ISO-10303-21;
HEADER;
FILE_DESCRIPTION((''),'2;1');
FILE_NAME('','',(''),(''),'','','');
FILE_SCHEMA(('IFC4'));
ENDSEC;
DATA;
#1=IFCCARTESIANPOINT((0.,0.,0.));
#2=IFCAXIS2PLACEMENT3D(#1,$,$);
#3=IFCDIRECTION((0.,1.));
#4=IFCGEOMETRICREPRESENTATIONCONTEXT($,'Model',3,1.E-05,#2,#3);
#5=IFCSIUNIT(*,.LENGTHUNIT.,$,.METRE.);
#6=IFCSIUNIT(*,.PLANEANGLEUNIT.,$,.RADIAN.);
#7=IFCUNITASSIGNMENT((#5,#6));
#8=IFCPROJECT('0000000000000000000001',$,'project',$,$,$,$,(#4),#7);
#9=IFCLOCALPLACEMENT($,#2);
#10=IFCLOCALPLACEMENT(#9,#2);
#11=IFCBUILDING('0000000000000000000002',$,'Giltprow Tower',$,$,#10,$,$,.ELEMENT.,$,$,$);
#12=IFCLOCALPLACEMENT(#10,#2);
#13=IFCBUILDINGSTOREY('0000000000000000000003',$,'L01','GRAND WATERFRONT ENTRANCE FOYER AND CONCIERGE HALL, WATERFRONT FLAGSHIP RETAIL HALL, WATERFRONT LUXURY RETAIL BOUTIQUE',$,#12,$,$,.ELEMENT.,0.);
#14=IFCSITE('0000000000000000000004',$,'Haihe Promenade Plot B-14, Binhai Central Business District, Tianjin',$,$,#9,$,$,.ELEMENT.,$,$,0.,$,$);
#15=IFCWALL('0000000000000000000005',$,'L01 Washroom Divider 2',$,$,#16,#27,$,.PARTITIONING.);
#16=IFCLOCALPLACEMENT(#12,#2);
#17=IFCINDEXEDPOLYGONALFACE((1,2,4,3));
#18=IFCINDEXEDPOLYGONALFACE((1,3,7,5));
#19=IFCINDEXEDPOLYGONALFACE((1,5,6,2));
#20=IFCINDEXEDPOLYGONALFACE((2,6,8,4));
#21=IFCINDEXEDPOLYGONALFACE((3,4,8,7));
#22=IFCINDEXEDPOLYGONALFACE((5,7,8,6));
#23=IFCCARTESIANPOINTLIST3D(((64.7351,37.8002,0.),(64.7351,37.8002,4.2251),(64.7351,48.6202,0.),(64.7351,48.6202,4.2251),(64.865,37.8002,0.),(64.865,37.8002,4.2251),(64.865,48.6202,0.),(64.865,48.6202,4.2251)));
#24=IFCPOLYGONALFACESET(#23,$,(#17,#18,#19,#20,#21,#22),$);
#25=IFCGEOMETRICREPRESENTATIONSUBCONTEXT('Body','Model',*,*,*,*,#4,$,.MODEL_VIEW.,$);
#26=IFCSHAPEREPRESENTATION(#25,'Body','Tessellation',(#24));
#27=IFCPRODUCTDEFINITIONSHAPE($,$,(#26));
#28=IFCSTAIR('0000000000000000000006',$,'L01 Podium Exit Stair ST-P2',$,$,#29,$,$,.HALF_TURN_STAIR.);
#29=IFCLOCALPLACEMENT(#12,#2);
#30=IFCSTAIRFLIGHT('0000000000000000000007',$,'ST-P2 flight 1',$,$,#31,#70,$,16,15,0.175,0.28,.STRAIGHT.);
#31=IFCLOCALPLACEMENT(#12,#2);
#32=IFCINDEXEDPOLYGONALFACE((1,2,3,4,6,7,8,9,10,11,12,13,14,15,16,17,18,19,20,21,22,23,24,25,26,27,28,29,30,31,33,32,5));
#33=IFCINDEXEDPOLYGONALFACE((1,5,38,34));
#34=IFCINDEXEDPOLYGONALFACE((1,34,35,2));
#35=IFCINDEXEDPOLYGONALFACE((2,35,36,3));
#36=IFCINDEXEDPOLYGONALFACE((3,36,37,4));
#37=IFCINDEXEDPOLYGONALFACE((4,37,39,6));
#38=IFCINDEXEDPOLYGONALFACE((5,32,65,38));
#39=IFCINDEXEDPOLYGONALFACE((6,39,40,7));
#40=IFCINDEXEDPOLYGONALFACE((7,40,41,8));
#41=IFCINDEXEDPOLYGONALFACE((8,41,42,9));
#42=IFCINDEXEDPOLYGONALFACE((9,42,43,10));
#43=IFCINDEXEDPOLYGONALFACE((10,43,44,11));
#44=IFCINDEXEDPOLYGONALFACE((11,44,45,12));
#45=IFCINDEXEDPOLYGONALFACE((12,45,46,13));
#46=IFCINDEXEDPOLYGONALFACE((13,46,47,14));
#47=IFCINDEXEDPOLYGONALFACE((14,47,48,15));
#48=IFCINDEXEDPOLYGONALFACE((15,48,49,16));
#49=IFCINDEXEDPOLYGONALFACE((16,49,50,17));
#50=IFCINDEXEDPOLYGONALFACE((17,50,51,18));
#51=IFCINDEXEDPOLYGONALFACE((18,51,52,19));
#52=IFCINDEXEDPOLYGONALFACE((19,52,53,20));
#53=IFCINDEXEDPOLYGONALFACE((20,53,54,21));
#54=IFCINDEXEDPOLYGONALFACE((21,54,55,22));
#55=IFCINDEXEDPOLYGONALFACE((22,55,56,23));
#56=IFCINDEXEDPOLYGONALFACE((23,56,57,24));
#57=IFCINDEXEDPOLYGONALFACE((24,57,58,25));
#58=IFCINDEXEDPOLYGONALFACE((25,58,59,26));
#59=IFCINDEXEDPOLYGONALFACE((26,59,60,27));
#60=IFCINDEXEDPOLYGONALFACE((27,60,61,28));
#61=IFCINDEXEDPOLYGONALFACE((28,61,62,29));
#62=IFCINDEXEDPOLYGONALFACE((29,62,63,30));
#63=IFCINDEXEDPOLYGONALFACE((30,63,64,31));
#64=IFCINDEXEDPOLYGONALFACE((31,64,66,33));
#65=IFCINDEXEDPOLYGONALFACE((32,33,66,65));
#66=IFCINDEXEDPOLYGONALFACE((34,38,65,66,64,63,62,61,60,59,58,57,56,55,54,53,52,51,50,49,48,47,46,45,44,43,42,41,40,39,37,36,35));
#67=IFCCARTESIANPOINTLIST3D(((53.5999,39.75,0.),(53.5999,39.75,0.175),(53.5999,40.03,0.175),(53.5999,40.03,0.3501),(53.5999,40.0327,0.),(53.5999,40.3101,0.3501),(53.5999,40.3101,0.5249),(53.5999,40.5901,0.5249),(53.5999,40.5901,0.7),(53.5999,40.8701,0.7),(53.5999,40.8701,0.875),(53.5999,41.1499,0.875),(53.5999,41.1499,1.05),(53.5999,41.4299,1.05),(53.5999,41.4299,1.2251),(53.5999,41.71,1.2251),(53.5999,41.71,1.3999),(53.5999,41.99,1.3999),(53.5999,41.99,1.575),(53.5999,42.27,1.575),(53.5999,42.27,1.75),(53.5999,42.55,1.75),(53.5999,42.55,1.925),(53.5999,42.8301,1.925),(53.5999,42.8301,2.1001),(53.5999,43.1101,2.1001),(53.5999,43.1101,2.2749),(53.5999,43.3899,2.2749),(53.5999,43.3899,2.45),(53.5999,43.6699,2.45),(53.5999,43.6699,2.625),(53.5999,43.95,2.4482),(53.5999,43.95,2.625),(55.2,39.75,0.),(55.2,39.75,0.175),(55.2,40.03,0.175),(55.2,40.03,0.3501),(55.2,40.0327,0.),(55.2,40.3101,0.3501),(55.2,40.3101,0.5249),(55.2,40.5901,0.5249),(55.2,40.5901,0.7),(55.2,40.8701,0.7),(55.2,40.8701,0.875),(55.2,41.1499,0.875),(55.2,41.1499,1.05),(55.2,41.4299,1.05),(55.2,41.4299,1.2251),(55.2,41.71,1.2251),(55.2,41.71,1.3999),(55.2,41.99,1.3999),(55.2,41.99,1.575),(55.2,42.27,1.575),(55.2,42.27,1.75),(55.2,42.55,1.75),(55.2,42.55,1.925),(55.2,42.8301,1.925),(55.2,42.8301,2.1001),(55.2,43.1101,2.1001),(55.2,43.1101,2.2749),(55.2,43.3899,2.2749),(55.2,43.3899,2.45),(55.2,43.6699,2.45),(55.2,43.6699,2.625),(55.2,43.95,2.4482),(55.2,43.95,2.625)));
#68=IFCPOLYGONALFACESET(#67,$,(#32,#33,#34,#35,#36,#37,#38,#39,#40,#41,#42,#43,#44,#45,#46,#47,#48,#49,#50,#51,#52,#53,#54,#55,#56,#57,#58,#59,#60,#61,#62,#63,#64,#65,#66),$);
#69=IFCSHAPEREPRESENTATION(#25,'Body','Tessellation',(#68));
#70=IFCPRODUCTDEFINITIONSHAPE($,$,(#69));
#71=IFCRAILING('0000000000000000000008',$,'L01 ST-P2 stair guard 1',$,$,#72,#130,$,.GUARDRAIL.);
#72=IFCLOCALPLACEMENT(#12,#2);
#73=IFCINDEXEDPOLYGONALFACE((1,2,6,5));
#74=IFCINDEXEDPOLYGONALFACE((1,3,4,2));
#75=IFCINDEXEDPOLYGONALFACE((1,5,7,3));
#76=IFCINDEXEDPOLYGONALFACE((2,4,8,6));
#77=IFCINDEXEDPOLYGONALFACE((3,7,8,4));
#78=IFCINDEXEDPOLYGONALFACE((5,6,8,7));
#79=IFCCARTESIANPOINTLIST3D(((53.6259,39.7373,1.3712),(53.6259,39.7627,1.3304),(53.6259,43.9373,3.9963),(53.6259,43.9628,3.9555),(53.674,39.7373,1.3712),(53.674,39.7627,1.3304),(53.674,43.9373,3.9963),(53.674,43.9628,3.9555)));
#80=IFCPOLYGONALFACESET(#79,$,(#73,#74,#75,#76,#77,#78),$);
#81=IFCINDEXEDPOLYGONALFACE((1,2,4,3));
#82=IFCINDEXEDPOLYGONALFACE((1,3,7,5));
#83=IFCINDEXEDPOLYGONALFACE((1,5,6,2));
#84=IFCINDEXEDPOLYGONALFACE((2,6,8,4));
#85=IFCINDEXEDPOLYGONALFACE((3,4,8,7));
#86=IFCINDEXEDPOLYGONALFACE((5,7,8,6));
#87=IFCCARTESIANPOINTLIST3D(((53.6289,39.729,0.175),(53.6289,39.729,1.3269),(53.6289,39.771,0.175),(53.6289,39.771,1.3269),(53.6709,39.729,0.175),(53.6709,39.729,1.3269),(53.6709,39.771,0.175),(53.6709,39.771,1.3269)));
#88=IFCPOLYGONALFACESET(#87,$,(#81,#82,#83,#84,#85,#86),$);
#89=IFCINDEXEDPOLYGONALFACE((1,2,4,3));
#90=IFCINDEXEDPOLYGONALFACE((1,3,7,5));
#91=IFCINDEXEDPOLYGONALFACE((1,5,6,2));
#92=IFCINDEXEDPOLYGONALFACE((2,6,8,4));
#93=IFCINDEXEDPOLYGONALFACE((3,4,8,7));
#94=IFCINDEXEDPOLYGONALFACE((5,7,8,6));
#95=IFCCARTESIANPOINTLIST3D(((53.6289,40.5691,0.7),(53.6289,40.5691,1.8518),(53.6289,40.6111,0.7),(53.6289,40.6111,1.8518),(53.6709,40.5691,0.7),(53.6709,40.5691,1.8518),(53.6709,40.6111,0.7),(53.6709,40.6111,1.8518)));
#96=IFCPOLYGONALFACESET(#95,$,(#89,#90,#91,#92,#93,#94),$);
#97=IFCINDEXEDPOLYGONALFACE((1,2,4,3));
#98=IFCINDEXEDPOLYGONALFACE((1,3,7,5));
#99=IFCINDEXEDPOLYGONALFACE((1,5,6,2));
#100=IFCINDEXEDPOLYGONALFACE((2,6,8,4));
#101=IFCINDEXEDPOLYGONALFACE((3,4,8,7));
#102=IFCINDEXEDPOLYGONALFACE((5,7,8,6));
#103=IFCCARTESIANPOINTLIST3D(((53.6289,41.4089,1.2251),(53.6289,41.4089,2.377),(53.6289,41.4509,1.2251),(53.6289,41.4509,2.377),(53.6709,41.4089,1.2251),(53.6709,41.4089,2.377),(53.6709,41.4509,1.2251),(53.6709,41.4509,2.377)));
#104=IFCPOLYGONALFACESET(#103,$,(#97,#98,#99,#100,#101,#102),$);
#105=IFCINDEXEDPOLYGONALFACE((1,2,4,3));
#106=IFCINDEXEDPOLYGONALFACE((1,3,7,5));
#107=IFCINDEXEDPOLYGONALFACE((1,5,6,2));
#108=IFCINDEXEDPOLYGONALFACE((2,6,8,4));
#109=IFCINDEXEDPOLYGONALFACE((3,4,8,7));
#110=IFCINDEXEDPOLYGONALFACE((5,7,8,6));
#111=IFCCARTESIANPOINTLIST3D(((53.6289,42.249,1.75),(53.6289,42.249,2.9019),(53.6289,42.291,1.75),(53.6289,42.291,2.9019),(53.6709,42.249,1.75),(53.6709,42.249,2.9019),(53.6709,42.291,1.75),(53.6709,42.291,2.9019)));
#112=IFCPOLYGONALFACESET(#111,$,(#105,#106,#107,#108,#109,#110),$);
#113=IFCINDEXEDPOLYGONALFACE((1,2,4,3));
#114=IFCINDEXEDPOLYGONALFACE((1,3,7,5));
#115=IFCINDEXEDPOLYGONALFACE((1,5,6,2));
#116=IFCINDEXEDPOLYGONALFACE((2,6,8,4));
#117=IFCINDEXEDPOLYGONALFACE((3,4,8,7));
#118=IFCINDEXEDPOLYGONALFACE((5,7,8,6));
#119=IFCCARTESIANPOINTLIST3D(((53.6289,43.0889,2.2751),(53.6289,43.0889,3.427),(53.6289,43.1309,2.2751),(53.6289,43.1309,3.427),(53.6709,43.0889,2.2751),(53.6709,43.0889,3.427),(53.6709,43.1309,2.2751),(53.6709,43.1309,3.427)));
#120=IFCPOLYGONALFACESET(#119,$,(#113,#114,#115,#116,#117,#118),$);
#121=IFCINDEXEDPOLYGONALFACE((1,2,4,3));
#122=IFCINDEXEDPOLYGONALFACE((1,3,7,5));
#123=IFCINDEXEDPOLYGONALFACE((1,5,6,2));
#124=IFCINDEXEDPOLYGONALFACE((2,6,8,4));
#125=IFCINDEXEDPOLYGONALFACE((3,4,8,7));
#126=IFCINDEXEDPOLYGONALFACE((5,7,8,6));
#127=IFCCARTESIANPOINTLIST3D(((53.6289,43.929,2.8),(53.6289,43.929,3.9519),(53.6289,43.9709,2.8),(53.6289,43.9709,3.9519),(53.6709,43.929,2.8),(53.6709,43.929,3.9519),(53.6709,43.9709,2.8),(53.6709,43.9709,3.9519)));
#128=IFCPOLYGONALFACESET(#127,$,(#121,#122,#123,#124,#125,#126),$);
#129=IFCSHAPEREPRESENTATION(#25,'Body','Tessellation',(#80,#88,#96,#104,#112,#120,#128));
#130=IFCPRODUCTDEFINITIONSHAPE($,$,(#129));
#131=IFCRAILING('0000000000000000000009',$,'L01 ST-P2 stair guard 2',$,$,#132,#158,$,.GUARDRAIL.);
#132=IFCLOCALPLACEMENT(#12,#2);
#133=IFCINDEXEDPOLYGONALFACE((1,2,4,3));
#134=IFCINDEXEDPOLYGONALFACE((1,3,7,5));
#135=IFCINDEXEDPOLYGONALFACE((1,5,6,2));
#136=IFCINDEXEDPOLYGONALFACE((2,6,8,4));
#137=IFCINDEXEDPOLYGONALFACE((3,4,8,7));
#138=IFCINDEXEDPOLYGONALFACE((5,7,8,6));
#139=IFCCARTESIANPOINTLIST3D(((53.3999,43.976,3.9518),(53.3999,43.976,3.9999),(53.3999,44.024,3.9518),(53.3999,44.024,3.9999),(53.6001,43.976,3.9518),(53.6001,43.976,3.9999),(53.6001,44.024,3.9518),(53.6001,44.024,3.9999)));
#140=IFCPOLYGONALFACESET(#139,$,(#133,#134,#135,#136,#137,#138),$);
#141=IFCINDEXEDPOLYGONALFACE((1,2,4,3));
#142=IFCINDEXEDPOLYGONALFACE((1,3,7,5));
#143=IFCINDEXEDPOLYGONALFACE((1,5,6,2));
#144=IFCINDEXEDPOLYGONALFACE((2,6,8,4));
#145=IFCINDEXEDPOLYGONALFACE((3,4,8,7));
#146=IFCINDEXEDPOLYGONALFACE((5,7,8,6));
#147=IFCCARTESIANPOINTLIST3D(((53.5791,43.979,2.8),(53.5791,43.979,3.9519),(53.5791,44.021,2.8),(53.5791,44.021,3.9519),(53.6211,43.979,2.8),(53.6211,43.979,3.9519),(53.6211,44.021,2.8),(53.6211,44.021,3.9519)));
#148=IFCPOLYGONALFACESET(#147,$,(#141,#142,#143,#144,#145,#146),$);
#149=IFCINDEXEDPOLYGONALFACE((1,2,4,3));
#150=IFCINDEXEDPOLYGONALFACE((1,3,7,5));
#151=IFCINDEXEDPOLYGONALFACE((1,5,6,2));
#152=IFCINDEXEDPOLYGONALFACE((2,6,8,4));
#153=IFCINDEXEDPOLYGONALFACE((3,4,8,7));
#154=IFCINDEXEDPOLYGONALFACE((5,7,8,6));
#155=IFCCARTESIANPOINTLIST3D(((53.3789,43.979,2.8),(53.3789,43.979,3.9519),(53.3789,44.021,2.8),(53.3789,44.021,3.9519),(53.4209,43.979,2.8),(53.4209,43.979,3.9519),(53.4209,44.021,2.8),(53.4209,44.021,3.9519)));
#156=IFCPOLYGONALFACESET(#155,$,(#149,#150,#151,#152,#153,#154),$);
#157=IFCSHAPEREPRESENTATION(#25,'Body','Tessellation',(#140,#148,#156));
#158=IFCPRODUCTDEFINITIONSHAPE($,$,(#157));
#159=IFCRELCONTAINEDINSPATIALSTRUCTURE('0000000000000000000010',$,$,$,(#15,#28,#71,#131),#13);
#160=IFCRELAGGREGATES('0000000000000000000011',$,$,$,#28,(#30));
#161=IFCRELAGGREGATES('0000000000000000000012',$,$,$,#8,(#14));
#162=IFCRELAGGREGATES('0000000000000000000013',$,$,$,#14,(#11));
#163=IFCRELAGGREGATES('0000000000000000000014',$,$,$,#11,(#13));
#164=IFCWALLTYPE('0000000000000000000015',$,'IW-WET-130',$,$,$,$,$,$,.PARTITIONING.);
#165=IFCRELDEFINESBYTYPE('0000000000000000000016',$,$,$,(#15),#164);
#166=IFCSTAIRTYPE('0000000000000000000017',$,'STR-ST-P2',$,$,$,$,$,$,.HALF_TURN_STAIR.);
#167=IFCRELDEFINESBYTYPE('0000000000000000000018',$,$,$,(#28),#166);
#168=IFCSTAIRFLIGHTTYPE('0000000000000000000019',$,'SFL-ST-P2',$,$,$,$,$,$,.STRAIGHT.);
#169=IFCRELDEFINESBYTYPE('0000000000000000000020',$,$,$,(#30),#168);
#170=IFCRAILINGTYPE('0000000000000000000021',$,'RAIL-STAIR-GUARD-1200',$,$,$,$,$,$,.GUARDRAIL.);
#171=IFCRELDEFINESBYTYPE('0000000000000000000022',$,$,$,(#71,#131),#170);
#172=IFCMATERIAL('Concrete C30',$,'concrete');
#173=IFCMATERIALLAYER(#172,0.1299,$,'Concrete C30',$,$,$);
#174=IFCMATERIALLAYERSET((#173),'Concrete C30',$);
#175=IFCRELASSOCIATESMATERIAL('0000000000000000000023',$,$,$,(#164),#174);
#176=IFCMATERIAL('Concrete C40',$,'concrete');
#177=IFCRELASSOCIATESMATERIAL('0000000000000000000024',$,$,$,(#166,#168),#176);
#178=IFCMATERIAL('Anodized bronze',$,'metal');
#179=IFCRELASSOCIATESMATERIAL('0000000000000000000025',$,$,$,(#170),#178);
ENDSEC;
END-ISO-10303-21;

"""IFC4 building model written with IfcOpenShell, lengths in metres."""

from ifc_helpers import new_model, si_unit, direction, frame, frame_2d, origin, origin_2d, place, context, subcontext, project, spatial, polyline, rectangle, outline, extrude, material, layer, layer_set, type_object, element, aggregate, save


model = new_model("IFC4")

# Units and contexts
model_context = context("Model", 3, precision=1e-05, world=origin(), true_north=direction((0.0, 1.0)))
body_context = subcontext(model_context, "Body", "Model", "MODEL_VIEW")
ifc_project = project(units=[si_unit("LENGTHUNIT", "METRE"), si_unit("PLANEANGLEUNIT", "RADIAN")], contexts=[model_context])

# Site, building, storey
site_placement = place(None, origin())
site = spatial("IfcSite", under=ifc_project, at=site_placement, Name="Haihe Promenade Plot B-14, Binhai Central Business District, Tianjin", CompositionType="ELEMENT", RefElevation=0.0)
building_placement = place(site_placement, origin())
building = spatial("IfcBuilding", under=site, at=building_placement, Name="Giltprow Tower", CompositionType="ELEMENT")
storey_placement = place(building_placement, origin())
storey = spatial("IfcBuildingStorey", under=building, at=storey_placement, Name="L01", Description="GRAND WATERFRONT ENTRANCE FOYER AND CONCIERGE HALL, WATERFRONT FLAGSHIP RETAIL HALL, WATERFRONT LUXURY RETAIL BOUTIQUE", CompositionType="ELEMENT", Elevation=0.0)

# Shared definitions
ifc_material_1 = material(Name="Concrete C40", Category="concrete")

# Shared definitions
ifc_material_2 = material(Name="Concrete C30", Category="concrete")
ifc_layer_1 = layer(ifc_material_2, 0.1299, Name="Concrete C30")
ifc_layer_set_1 = layer_set([ifc_layer_1], Name="Concrete C30")
wall_type_1 = type_object("IfcWallType", Name="IW-WET-130", PredefinedType="PARTITIONING", material=ifc_layer_set_1)

# Wall
wall_1_placement = place(storey_placement, frame((64.8, 37.8, 0.0), z_axis=(0.0, 0.0, 1.0), x_axis=(0.0, 1.0, 0.0)))
element("IfcWall", 1, at=wall_1_placement, inside=storey, type_object=wall_type_1, Name="L01 Washroom Divider 2", PredefinedType="PARTITIONING", context=body_context, shape_type="SweptSolid", body=[
    extrude(rectangle(XDim=10.8201, YDim=0.1299, at=frame_2d((5.4102, 0.0))), origin(), (0.0, 0.0, 1.0), 4.2251),
])

# Stair, stair flight
stair_type = type_object("IfcStairType", Name="STR-ST-P2", PredefinedType="HALF_TURN_STAIR", material=ifc_material_1)
stair_placement = place(storey_placement, origin())
stair = element("IfcStair", 2, at=stair_placement, inside=storey, type_object=stair_type, Name="L01 Podium Exit Stair ST-P2", PredefinedType="HALF_TURN_STAIR")
stair_flight_type = type_object("IfcStairFlightType", Name="SFL-ST-P2", PredefinedType="STRAIGHT", material=ifc_material_1)
stair_flight_placement = place(storey_placement, frame((54.3999, 39.75, 0.0), z_axis=(0.0, 0.0, 1.0), x_axis=(0.0, 1.0, 0.0)))
stair_flight = element("IfcStairFlight", 3, at=stair_flight_placement, type_object=stair_flight_type, Name="ST-P2 flight 1", NumberOfRisers=16, NumberOfTreads=15, PredefinedType="STRAIGHT", RiserHeight=0.175, TreadLength=0.28, context=body_context, shape_type="SweptSolid", body=[
    extrude(outline(polyline([(0.0, 0.0), (0.0, 0.175), (0.28, 0.175), (0.28, 0.3501), (0.5601, 0.3501), (0.5601, 0.5249), (0.8401, 0.5249), (0.8401, 0.7), (1.1201, 0.7), (1.1201, 0.875), (1.3999, 0.875), (1.3999, 1.05), (1.6799, 1.05), (1.6799, 1.2251), (1.96, 1.2251), (1.96, 1.3999), (2.24, 1.3999), (2.24, 1.575), (2.52, 1.575), (2.52, 1.75), (2.8, 1.75), (2.8, 1.925), (3.0801, 1.925), (3.0801, 2.1001), (3.3601, 2.1001), (3.3601, 2.2749), (3.6399, 2.2749), (3.6399, 2.45), (3.9199, 2.45), (3.9199, 2.625), (4.2, 2.625), (4.2, 2.8), (4.2, 2.4482), (0.2827, 0.0), (0.0, 0.0)])), frame((0.0, 0.8, 0.0), z_axis=(0.0, -1.0, 0.0), x_axis=(1.0, 0.0, 0.0)), (0.0, 0.0, 1.0), 1.6001),
])
aggregate(stair, [stair_flight])

# Railings
ifc_material_3 = material(Name="Anodized bronze", Category="metal")
railing_type_1 = type_object("IfcRailingType", Name="RAIL-STAIR-GUARD-1200", PredefinedType="GUARDRAIL", material=ifc_material_3)
railing_1_placement = place(storey_placement, frame((53.6499, 39.75, 0.175)))
element("IfcRailing", 4, at=railing_1_placement, inside=storey, type_object=railing_type_1, Name="L01 ST-P2 stair guard 1", PredefinedType="GUARDRAIL", context=body_context, shape_type="SweptSolid", body=[
    extrude(rectangle(XDim=0.0481, YDim=0.0481, at=origin_2d()), frame((0.0, 0.0, 1.1758), z_axis=(0.0, 0.847996, 0.530003), x_axis=(-1.0, 0.0, 0.0)), (0.0, 0.0, 1.0), 4.9529),
    extrude(rectangle(XDim=0.042, YDim=0.042, at=origin_2d()), origin(), (0.0, 0.0, 1.0), 1.1519),
    extrude(rectangle(XDim=0.042, YDim=0.042, at=origin_2d()), frame((0.0, 0.8401, 0.5249)), (0.0, 0.0, 1.0), 1.1519),
    extrude(rectangle(XDim=0.042, YDim=0.042, at=origin_2d()), frame((0.0, 1.6799, 1.05)), (0.0, 0.0, 1.0), 1.1519),
    extrude(rectangle(XDim=0.042, YDim=0.042, at=origin_2d()), frame((0.0, 2.52, 1.575)), (0.0, 0.0, 1.0), 1.1519),
    extrude(rectangle(XDim=0.042, YDim=0.042, at=origin_2d()), frame((0.0, 3.3599, 2.1001)), (0.0, 0.0, 1.0), 1.1519),
    extrude(rectangle(XDim=0.042, YDim=0.042, at=origin_2d()), frame((0.0, 4.2, 2.625)), (0.0, 0.0, 1.0), 1.1519),
])
railing_2_placement = place(storey_placement, frame((53.6001, 44.0, 2.8)))
element("IfcRailing", 5, at=railing_2_placement, inside=storey, type_object=railing_type_1, Name="L01 ST-P2 stair guard 2", PredefinedType="GUARDRAIL", context=body_context, shape_type="SweptSolid", body=[
    extrude(rectangle(XDim=0.0481, YDim=0.0481, at=origin_2d()), frame((0.0, 0.0, 1.1758), z_axis=(-1.0, 0.0, 0.0), x_axis=(0.0, -1.0, 0.0)), (0.0, 0.0, 1.0), 0.2002),
    extrude(rectangle(XDim=0.042, YDim=0.042, at=origin_2d()), origin(), (0.0, 0.0, 1.0), 1.1519),
    extrude(rectangle(XDim=0.042, YDim=0.042, at=origin_2d()), frame((-0.2002, 0.0, 0.0)), (0.0, 0.0, 1.0), 1.1519),
])

save(model, "model.ifc")
